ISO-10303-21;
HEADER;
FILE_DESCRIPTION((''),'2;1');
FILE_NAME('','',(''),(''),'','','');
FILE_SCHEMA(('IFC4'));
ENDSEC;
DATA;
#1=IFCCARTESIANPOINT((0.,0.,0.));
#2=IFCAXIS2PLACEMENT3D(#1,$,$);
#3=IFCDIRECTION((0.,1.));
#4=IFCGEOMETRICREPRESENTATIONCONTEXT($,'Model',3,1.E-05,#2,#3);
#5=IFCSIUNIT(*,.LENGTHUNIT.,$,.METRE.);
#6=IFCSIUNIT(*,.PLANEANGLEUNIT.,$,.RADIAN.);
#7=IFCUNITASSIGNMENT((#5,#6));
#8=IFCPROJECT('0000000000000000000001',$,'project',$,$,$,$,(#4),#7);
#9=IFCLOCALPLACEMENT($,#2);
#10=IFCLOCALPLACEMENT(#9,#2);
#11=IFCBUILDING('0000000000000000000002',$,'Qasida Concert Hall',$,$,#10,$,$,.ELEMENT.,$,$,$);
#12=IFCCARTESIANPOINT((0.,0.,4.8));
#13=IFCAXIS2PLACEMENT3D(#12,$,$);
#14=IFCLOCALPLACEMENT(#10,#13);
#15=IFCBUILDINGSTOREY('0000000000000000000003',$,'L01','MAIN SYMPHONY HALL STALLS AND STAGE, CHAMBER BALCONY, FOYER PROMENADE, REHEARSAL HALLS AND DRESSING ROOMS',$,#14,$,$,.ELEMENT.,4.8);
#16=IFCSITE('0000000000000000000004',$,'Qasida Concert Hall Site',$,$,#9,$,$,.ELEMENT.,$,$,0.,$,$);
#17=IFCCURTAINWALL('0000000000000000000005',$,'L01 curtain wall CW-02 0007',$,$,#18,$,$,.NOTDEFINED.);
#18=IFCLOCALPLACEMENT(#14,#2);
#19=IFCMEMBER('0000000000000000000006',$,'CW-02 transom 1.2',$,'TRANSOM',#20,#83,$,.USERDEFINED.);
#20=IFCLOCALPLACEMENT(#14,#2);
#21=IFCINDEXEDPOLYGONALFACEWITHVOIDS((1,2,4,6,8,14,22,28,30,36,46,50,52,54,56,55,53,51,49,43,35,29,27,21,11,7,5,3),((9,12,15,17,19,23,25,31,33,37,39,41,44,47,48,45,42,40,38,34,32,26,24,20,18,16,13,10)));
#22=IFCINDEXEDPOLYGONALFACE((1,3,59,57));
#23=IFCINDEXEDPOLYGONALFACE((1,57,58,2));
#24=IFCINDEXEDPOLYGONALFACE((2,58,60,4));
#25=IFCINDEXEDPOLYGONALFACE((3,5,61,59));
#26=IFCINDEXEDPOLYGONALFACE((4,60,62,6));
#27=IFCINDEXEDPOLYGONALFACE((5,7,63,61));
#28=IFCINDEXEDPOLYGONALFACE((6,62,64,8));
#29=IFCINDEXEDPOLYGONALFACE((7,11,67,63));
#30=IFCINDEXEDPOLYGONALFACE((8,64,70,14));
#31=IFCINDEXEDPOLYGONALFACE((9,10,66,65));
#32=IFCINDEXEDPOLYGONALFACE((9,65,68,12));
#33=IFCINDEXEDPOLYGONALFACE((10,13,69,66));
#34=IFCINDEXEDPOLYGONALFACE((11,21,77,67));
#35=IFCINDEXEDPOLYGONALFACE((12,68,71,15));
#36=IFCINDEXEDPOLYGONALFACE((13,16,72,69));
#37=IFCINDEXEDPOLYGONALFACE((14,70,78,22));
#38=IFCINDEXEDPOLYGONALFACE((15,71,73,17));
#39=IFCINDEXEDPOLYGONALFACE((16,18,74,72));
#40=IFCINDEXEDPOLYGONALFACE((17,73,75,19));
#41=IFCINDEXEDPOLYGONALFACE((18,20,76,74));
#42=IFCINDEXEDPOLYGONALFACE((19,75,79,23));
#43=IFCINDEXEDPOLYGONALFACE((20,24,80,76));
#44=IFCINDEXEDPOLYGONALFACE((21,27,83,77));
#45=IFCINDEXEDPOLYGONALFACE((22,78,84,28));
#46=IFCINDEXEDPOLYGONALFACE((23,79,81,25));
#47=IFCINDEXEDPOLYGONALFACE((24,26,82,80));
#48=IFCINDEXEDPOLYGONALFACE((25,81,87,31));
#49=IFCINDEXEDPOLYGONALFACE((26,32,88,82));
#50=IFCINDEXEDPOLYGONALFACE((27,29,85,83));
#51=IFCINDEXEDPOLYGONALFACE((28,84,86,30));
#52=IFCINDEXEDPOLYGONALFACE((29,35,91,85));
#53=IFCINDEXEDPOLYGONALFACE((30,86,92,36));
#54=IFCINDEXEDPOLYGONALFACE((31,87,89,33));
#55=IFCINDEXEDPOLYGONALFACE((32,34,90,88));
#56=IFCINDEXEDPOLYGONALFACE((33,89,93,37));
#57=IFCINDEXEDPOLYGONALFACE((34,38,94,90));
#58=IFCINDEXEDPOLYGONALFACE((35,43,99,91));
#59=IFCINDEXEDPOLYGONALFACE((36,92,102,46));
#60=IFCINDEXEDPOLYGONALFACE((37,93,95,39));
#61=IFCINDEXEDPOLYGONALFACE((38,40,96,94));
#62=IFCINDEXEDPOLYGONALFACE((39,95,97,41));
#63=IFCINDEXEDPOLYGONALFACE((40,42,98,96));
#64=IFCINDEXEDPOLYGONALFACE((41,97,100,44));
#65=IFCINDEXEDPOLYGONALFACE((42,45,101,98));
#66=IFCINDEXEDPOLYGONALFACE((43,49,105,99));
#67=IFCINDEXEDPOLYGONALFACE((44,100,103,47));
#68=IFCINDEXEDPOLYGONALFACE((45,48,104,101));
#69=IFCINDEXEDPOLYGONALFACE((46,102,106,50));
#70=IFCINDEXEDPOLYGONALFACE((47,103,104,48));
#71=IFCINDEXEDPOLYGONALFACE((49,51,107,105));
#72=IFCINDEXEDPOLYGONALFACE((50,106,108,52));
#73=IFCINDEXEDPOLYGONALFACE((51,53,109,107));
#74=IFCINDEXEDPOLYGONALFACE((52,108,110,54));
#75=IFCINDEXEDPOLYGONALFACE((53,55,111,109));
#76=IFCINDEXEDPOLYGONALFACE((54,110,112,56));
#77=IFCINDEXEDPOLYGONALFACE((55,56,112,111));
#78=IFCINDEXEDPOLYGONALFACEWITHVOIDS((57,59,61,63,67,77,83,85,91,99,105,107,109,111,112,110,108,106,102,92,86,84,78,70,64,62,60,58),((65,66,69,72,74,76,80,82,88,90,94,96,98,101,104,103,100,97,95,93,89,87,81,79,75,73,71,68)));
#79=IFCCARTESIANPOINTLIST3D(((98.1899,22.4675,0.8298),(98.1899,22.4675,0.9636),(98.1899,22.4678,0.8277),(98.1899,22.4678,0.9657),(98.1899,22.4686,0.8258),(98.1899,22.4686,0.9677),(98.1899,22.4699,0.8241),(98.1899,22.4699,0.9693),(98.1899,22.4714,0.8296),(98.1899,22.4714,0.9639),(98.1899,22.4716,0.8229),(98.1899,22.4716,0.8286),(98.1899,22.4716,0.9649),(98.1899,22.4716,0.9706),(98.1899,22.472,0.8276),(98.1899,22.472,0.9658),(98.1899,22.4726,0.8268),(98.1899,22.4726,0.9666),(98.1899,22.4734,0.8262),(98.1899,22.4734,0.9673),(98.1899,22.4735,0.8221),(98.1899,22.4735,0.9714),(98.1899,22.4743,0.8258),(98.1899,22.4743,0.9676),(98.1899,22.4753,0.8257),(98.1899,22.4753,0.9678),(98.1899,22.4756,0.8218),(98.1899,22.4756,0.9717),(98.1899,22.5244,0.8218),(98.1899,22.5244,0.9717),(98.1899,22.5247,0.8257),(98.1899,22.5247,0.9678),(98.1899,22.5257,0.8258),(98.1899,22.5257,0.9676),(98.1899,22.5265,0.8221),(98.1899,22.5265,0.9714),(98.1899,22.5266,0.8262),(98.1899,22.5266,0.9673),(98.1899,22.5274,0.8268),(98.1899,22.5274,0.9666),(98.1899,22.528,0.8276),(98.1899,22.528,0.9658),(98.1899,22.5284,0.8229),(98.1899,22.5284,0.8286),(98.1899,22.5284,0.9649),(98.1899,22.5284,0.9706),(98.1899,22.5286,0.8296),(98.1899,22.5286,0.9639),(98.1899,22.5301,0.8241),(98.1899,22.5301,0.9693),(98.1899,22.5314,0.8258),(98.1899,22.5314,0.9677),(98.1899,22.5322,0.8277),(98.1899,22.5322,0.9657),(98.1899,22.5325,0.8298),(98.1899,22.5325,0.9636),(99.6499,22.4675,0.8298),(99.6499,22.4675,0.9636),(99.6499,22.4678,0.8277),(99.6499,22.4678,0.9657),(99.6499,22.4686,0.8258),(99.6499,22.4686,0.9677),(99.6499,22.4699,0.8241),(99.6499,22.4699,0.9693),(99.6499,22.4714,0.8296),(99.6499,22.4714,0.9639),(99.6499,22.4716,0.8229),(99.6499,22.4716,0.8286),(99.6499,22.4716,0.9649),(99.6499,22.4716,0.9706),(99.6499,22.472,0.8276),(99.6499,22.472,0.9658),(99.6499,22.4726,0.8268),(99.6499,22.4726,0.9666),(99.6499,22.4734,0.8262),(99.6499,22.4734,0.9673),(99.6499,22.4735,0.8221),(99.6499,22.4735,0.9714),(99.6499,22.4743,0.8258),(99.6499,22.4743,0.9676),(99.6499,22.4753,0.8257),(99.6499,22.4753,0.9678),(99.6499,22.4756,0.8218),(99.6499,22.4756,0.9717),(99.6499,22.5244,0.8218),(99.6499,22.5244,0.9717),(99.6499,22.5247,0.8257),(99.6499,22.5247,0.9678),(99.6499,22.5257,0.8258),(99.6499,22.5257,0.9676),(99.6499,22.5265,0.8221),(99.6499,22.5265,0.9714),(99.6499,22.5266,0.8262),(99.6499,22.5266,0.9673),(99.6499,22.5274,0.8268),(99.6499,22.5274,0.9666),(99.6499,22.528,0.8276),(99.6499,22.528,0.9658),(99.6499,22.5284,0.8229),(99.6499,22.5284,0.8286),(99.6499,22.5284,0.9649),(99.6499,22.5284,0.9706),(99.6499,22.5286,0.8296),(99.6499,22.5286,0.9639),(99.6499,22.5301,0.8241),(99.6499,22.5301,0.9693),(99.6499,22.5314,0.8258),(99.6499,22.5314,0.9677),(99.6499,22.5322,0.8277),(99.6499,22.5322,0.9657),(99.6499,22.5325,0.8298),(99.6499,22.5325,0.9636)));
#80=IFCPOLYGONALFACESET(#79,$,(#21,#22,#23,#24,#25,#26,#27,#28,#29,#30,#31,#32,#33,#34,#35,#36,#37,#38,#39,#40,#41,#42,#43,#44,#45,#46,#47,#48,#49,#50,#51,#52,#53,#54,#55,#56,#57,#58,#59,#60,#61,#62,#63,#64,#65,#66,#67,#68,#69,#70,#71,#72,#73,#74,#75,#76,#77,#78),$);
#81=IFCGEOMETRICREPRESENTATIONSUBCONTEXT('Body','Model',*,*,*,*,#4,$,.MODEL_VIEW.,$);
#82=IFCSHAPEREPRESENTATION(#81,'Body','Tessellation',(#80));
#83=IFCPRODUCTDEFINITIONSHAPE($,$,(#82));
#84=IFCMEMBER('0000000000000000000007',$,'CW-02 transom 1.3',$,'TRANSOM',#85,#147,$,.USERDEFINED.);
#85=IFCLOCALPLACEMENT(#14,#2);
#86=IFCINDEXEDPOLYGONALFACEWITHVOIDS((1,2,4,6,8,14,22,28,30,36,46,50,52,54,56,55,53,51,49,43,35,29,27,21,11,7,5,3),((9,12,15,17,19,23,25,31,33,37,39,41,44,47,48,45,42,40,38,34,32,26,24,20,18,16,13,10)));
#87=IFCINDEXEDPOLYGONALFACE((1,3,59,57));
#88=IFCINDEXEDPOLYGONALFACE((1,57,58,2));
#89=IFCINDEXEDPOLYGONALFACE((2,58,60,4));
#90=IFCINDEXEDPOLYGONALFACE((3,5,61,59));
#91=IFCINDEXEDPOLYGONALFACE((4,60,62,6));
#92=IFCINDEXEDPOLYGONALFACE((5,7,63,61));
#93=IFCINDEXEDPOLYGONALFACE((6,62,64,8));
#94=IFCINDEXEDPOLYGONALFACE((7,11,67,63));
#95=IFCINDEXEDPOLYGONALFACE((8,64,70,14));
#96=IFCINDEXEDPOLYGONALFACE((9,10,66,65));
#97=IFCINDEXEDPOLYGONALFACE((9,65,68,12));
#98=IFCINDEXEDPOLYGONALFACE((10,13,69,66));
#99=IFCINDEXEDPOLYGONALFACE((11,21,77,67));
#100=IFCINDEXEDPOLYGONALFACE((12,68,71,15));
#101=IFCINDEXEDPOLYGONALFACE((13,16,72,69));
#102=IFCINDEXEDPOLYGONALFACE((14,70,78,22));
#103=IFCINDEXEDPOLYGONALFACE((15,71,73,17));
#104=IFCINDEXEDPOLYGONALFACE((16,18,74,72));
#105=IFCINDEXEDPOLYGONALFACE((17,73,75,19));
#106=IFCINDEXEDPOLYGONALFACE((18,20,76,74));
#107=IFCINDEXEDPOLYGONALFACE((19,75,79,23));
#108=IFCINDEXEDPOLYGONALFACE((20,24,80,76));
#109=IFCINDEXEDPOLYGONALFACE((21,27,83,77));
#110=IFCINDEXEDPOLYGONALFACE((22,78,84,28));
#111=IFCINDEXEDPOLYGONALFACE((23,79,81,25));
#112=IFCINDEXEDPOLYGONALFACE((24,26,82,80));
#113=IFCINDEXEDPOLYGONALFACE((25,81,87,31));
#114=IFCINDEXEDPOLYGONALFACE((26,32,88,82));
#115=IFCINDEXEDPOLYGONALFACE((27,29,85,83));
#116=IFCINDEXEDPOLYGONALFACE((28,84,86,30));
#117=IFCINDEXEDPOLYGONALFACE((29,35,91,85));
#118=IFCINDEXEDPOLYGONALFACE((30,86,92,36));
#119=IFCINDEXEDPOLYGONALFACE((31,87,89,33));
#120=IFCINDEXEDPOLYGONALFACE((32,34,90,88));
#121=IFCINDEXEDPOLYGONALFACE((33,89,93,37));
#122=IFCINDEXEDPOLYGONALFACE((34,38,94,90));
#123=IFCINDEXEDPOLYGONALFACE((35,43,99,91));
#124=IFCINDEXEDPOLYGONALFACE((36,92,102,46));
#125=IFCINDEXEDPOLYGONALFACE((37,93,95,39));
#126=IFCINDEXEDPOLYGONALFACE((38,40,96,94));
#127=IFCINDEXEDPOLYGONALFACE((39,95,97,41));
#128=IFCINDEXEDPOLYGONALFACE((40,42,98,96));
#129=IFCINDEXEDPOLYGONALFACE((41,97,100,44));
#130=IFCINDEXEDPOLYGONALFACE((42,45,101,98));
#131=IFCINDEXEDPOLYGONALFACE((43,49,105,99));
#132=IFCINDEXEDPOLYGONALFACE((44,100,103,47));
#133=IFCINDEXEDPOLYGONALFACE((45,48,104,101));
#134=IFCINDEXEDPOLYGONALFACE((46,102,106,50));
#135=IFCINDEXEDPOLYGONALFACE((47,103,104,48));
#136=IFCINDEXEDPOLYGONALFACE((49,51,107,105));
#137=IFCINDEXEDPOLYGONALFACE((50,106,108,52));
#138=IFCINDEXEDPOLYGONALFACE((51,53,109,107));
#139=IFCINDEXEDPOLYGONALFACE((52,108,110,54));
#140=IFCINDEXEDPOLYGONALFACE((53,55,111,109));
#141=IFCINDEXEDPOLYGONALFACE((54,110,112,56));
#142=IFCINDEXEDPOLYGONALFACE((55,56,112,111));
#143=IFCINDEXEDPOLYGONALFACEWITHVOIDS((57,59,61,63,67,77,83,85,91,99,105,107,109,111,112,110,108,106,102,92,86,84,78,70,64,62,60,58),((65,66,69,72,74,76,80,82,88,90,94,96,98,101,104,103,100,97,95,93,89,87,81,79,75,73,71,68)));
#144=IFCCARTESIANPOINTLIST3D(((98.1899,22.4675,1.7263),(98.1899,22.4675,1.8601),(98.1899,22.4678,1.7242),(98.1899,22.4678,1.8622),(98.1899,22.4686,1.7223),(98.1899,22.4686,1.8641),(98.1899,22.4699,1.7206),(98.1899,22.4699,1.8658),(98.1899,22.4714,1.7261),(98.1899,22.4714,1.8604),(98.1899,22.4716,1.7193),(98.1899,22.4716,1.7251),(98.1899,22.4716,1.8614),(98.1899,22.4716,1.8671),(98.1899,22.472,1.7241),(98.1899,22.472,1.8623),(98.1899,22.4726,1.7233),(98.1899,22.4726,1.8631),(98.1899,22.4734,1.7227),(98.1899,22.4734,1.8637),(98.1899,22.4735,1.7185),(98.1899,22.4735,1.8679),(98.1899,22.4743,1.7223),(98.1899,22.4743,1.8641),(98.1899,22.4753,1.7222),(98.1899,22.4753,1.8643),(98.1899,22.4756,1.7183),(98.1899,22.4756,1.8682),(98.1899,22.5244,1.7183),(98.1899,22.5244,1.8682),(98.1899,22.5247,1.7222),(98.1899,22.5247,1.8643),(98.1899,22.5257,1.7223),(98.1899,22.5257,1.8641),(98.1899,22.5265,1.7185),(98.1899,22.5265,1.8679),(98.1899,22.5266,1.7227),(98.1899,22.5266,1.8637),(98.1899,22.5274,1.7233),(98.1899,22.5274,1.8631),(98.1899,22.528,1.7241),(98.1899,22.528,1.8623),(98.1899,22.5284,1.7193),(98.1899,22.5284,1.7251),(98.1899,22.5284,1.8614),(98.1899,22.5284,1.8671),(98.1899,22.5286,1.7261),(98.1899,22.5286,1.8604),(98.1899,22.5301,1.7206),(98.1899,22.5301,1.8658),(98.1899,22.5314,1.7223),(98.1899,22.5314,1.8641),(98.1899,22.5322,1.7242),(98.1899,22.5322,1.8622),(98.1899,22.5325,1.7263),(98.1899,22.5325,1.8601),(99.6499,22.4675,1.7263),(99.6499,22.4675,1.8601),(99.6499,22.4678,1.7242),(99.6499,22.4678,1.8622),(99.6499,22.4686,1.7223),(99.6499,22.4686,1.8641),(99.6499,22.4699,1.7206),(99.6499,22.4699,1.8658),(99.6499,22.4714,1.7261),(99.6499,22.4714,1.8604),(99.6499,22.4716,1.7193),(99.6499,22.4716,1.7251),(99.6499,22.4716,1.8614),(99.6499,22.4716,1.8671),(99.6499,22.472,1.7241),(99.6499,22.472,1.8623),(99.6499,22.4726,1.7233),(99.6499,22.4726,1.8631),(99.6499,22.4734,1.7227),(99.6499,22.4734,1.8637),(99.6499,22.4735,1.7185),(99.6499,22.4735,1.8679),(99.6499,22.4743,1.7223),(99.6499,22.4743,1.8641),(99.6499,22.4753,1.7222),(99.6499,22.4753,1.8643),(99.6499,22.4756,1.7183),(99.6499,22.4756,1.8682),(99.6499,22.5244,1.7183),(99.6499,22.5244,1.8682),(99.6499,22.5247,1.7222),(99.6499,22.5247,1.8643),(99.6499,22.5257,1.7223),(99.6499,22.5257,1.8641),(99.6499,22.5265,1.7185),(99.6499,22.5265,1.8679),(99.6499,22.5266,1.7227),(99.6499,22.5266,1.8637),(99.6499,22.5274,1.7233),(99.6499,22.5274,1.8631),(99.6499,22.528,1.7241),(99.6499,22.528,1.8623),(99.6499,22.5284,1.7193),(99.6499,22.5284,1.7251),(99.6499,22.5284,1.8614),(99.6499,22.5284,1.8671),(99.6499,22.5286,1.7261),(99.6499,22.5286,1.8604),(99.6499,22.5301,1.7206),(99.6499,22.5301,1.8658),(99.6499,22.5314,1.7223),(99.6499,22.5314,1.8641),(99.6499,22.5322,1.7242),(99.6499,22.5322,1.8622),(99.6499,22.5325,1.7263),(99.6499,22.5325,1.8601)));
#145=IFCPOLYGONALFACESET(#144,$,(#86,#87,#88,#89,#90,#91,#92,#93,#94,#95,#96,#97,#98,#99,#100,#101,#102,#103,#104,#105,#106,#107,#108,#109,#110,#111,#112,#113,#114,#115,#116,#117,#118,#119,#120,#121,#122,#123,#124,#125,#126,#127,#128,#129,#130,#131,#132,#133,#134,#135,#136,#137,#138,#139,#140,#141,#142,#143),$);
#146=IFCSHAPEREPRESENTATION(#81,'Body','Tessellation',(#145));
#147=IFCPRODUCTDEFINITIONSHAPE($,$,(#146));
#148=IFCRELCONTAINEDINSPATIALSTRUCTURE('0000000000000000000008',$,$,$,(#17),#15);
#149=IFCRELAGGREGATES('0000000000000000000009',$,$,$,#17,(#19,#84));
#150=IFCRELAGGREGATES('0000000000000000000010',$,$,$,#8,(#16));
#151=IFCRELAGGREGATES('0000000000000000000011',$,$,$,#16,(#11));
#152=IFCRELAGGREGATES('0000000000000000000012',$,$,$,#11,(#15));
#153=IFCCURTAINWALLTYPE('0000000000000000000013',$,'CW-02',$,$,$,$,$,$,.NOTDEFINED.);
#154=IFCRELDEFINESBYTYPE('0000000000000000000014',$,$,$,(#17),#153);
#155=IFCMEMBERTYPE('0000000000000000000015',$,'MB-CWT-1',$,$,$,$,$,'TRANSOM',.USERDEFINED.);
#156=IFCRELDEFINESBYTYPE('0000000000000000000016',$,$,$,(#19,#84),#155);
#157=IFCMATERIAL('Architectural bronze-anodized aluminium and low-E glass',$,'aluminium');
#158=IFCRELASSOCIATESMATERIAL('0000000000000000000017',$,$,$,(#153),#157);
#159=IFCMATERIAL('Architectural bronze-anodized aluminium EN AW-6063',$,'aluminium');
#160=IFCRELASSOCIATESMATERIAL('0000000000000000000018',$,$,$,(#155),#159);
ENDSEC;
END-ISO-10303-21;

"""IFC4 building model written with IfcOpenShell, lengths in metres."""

from ifc_helpers import new_model, si_unit, direction, frame, origin, origin_2d, place, context, subcontext, project, spatial, hollow_rectangle, extrude, material, material_profile, profile_set, type_object, element, aggregate, save


model = new_model("IFC4")

# Units and contexts
model_context = context("Model", 3, precision=1e-05, world=origin(), true_north=direction((0.0, 1.0)))
body_context = subcontext(model_context, "Body", "Model", "MODEL_VIEW")
ifc_project = project(units=[si_unit("LENGTHUNIT", "METRE"), si_unit("PLANEANGLEUNIT", "RADIAN")], contexts=[model_context])

# Site, building, storey
site_placement = place(None, origin())
site = spatial("IfcSite", under=ifc_project, at=site_placement, Name="Qasida Concert Hall Site", CompositionType="ELEMENT", RefElevation=0.0)
building_placement = place(site_placement, origin())
building = spatial("IfcBuilding", under=site, at=building_placement, Name="Qasida Concert Hall", CompositionType="ELEMENT")
storey_placement = place(building_placement, frame((0.0, 0.0, 4.8)))
storey = spatial("IfcBuildingStorey", under=building, at=storey_placement, Name="L01", Description="MAIN SYMPHONY HALL STALLS AND STAGE, CHAMBER BALCONY, FOYER PROMENADE, REHEARSAL HALLS AND DRESSING ROOMS", CompositionType="ELEMENT", Elevation=4.8)

# Curtain wall, members
ifc_material_1 = material(Name="Architectural bronze-anodized aluminium and low-E glass", Category="aluminium")
curtain_wall_type = type_object("IfcCurtainWallType", Name="CW-02", PredefinedType="NOTDEFINED", material=ifc_material_1)
curtain_wall_placement = place(storey_placement, origin())
curtain_wall = element("IfcCurtainWall", 1, at=curtain_wall_placement, inside=storey, type_object=curtain_wall_type, Name="L01 curtain wall CW-02 0007", PredefinedType="NOTDEFINED")
ifc_material_2 = material(Name="Architectural bronze-anodized aluminium EN AW-6063", Category="aluminium")
ifc_material_profile_1 = material_profile(ifc_material_2, hollow_rectangle(XDim=0.0649, YDim=0.1499, WallThickness=0.0039, InnerFilletRadius=0.0039, OuterFilletRadius=0.0081, at=origin_2d()), Name="CWT 150x65x4")
ifc_profile_set_1 = profile_set([ifc_material_profile_1], Name="Architectural bronze-anodized aluminium EN AW-6063")
member_type_1 = type_object("IfcMemberType", Name="MB-CWT-1", ElementType="TRANSOM", PredefinedType="USERDEFINED", material=ifc_profile_set_1)
member_1_placement = place(storey_placement, frame((98.1899, 22.5, 0.8967), z_axis=(1.0, 0.0, 0.0), x_axis=(0.0, 1.0, 0.0)))
member_1 = element("IfcMember", 2, at=member_1_placement, type_object=member_type_1, Name="CW-02 transom 1.2", ObjectType="TRANSOM", PredefinedType="USERDEFINED", context=body_context, shape_type="SweptSolid", body=[
    extrude(hollow_rectangle(XDim=0.0649, YDim=0.1499, WallThickness=0.0039, InnerFilletRadius=0.0039, OuterFilletRadius=0.0081, at=origin_2d()), origin(), (0.0, 0.0, 1.0), 1.46),
])
member_2_placement = place(storey_placement, frame((98.1899, 22.5, 1.7932), z_axis=(1.0, 0.0, 0.0), x_axis=(0.0, 1.0, 0.0)))
member_2 = element("IfcMember", 3, at=member_2_placement, type_object=member_type_1, Name="CW-02 transom 1.3", ObjectType="TRANSOM", PredefinedType="USERDEFINED", context=body_context, shape_type="SweptSolid", body=[
    extrude(hollow_rectangle(XDim=0.0649, YDim=0.1499, WallThickness=0.0039, InnerFilletRadius=0.0039, OuterFilletRadius=0.0081, at=origin_2d()), origin(), (0.0, 0.0, 1.0), 1.46),
])

aggregate(curtain_wall, [member_1, member_2])

save(model, "model.ifc")
